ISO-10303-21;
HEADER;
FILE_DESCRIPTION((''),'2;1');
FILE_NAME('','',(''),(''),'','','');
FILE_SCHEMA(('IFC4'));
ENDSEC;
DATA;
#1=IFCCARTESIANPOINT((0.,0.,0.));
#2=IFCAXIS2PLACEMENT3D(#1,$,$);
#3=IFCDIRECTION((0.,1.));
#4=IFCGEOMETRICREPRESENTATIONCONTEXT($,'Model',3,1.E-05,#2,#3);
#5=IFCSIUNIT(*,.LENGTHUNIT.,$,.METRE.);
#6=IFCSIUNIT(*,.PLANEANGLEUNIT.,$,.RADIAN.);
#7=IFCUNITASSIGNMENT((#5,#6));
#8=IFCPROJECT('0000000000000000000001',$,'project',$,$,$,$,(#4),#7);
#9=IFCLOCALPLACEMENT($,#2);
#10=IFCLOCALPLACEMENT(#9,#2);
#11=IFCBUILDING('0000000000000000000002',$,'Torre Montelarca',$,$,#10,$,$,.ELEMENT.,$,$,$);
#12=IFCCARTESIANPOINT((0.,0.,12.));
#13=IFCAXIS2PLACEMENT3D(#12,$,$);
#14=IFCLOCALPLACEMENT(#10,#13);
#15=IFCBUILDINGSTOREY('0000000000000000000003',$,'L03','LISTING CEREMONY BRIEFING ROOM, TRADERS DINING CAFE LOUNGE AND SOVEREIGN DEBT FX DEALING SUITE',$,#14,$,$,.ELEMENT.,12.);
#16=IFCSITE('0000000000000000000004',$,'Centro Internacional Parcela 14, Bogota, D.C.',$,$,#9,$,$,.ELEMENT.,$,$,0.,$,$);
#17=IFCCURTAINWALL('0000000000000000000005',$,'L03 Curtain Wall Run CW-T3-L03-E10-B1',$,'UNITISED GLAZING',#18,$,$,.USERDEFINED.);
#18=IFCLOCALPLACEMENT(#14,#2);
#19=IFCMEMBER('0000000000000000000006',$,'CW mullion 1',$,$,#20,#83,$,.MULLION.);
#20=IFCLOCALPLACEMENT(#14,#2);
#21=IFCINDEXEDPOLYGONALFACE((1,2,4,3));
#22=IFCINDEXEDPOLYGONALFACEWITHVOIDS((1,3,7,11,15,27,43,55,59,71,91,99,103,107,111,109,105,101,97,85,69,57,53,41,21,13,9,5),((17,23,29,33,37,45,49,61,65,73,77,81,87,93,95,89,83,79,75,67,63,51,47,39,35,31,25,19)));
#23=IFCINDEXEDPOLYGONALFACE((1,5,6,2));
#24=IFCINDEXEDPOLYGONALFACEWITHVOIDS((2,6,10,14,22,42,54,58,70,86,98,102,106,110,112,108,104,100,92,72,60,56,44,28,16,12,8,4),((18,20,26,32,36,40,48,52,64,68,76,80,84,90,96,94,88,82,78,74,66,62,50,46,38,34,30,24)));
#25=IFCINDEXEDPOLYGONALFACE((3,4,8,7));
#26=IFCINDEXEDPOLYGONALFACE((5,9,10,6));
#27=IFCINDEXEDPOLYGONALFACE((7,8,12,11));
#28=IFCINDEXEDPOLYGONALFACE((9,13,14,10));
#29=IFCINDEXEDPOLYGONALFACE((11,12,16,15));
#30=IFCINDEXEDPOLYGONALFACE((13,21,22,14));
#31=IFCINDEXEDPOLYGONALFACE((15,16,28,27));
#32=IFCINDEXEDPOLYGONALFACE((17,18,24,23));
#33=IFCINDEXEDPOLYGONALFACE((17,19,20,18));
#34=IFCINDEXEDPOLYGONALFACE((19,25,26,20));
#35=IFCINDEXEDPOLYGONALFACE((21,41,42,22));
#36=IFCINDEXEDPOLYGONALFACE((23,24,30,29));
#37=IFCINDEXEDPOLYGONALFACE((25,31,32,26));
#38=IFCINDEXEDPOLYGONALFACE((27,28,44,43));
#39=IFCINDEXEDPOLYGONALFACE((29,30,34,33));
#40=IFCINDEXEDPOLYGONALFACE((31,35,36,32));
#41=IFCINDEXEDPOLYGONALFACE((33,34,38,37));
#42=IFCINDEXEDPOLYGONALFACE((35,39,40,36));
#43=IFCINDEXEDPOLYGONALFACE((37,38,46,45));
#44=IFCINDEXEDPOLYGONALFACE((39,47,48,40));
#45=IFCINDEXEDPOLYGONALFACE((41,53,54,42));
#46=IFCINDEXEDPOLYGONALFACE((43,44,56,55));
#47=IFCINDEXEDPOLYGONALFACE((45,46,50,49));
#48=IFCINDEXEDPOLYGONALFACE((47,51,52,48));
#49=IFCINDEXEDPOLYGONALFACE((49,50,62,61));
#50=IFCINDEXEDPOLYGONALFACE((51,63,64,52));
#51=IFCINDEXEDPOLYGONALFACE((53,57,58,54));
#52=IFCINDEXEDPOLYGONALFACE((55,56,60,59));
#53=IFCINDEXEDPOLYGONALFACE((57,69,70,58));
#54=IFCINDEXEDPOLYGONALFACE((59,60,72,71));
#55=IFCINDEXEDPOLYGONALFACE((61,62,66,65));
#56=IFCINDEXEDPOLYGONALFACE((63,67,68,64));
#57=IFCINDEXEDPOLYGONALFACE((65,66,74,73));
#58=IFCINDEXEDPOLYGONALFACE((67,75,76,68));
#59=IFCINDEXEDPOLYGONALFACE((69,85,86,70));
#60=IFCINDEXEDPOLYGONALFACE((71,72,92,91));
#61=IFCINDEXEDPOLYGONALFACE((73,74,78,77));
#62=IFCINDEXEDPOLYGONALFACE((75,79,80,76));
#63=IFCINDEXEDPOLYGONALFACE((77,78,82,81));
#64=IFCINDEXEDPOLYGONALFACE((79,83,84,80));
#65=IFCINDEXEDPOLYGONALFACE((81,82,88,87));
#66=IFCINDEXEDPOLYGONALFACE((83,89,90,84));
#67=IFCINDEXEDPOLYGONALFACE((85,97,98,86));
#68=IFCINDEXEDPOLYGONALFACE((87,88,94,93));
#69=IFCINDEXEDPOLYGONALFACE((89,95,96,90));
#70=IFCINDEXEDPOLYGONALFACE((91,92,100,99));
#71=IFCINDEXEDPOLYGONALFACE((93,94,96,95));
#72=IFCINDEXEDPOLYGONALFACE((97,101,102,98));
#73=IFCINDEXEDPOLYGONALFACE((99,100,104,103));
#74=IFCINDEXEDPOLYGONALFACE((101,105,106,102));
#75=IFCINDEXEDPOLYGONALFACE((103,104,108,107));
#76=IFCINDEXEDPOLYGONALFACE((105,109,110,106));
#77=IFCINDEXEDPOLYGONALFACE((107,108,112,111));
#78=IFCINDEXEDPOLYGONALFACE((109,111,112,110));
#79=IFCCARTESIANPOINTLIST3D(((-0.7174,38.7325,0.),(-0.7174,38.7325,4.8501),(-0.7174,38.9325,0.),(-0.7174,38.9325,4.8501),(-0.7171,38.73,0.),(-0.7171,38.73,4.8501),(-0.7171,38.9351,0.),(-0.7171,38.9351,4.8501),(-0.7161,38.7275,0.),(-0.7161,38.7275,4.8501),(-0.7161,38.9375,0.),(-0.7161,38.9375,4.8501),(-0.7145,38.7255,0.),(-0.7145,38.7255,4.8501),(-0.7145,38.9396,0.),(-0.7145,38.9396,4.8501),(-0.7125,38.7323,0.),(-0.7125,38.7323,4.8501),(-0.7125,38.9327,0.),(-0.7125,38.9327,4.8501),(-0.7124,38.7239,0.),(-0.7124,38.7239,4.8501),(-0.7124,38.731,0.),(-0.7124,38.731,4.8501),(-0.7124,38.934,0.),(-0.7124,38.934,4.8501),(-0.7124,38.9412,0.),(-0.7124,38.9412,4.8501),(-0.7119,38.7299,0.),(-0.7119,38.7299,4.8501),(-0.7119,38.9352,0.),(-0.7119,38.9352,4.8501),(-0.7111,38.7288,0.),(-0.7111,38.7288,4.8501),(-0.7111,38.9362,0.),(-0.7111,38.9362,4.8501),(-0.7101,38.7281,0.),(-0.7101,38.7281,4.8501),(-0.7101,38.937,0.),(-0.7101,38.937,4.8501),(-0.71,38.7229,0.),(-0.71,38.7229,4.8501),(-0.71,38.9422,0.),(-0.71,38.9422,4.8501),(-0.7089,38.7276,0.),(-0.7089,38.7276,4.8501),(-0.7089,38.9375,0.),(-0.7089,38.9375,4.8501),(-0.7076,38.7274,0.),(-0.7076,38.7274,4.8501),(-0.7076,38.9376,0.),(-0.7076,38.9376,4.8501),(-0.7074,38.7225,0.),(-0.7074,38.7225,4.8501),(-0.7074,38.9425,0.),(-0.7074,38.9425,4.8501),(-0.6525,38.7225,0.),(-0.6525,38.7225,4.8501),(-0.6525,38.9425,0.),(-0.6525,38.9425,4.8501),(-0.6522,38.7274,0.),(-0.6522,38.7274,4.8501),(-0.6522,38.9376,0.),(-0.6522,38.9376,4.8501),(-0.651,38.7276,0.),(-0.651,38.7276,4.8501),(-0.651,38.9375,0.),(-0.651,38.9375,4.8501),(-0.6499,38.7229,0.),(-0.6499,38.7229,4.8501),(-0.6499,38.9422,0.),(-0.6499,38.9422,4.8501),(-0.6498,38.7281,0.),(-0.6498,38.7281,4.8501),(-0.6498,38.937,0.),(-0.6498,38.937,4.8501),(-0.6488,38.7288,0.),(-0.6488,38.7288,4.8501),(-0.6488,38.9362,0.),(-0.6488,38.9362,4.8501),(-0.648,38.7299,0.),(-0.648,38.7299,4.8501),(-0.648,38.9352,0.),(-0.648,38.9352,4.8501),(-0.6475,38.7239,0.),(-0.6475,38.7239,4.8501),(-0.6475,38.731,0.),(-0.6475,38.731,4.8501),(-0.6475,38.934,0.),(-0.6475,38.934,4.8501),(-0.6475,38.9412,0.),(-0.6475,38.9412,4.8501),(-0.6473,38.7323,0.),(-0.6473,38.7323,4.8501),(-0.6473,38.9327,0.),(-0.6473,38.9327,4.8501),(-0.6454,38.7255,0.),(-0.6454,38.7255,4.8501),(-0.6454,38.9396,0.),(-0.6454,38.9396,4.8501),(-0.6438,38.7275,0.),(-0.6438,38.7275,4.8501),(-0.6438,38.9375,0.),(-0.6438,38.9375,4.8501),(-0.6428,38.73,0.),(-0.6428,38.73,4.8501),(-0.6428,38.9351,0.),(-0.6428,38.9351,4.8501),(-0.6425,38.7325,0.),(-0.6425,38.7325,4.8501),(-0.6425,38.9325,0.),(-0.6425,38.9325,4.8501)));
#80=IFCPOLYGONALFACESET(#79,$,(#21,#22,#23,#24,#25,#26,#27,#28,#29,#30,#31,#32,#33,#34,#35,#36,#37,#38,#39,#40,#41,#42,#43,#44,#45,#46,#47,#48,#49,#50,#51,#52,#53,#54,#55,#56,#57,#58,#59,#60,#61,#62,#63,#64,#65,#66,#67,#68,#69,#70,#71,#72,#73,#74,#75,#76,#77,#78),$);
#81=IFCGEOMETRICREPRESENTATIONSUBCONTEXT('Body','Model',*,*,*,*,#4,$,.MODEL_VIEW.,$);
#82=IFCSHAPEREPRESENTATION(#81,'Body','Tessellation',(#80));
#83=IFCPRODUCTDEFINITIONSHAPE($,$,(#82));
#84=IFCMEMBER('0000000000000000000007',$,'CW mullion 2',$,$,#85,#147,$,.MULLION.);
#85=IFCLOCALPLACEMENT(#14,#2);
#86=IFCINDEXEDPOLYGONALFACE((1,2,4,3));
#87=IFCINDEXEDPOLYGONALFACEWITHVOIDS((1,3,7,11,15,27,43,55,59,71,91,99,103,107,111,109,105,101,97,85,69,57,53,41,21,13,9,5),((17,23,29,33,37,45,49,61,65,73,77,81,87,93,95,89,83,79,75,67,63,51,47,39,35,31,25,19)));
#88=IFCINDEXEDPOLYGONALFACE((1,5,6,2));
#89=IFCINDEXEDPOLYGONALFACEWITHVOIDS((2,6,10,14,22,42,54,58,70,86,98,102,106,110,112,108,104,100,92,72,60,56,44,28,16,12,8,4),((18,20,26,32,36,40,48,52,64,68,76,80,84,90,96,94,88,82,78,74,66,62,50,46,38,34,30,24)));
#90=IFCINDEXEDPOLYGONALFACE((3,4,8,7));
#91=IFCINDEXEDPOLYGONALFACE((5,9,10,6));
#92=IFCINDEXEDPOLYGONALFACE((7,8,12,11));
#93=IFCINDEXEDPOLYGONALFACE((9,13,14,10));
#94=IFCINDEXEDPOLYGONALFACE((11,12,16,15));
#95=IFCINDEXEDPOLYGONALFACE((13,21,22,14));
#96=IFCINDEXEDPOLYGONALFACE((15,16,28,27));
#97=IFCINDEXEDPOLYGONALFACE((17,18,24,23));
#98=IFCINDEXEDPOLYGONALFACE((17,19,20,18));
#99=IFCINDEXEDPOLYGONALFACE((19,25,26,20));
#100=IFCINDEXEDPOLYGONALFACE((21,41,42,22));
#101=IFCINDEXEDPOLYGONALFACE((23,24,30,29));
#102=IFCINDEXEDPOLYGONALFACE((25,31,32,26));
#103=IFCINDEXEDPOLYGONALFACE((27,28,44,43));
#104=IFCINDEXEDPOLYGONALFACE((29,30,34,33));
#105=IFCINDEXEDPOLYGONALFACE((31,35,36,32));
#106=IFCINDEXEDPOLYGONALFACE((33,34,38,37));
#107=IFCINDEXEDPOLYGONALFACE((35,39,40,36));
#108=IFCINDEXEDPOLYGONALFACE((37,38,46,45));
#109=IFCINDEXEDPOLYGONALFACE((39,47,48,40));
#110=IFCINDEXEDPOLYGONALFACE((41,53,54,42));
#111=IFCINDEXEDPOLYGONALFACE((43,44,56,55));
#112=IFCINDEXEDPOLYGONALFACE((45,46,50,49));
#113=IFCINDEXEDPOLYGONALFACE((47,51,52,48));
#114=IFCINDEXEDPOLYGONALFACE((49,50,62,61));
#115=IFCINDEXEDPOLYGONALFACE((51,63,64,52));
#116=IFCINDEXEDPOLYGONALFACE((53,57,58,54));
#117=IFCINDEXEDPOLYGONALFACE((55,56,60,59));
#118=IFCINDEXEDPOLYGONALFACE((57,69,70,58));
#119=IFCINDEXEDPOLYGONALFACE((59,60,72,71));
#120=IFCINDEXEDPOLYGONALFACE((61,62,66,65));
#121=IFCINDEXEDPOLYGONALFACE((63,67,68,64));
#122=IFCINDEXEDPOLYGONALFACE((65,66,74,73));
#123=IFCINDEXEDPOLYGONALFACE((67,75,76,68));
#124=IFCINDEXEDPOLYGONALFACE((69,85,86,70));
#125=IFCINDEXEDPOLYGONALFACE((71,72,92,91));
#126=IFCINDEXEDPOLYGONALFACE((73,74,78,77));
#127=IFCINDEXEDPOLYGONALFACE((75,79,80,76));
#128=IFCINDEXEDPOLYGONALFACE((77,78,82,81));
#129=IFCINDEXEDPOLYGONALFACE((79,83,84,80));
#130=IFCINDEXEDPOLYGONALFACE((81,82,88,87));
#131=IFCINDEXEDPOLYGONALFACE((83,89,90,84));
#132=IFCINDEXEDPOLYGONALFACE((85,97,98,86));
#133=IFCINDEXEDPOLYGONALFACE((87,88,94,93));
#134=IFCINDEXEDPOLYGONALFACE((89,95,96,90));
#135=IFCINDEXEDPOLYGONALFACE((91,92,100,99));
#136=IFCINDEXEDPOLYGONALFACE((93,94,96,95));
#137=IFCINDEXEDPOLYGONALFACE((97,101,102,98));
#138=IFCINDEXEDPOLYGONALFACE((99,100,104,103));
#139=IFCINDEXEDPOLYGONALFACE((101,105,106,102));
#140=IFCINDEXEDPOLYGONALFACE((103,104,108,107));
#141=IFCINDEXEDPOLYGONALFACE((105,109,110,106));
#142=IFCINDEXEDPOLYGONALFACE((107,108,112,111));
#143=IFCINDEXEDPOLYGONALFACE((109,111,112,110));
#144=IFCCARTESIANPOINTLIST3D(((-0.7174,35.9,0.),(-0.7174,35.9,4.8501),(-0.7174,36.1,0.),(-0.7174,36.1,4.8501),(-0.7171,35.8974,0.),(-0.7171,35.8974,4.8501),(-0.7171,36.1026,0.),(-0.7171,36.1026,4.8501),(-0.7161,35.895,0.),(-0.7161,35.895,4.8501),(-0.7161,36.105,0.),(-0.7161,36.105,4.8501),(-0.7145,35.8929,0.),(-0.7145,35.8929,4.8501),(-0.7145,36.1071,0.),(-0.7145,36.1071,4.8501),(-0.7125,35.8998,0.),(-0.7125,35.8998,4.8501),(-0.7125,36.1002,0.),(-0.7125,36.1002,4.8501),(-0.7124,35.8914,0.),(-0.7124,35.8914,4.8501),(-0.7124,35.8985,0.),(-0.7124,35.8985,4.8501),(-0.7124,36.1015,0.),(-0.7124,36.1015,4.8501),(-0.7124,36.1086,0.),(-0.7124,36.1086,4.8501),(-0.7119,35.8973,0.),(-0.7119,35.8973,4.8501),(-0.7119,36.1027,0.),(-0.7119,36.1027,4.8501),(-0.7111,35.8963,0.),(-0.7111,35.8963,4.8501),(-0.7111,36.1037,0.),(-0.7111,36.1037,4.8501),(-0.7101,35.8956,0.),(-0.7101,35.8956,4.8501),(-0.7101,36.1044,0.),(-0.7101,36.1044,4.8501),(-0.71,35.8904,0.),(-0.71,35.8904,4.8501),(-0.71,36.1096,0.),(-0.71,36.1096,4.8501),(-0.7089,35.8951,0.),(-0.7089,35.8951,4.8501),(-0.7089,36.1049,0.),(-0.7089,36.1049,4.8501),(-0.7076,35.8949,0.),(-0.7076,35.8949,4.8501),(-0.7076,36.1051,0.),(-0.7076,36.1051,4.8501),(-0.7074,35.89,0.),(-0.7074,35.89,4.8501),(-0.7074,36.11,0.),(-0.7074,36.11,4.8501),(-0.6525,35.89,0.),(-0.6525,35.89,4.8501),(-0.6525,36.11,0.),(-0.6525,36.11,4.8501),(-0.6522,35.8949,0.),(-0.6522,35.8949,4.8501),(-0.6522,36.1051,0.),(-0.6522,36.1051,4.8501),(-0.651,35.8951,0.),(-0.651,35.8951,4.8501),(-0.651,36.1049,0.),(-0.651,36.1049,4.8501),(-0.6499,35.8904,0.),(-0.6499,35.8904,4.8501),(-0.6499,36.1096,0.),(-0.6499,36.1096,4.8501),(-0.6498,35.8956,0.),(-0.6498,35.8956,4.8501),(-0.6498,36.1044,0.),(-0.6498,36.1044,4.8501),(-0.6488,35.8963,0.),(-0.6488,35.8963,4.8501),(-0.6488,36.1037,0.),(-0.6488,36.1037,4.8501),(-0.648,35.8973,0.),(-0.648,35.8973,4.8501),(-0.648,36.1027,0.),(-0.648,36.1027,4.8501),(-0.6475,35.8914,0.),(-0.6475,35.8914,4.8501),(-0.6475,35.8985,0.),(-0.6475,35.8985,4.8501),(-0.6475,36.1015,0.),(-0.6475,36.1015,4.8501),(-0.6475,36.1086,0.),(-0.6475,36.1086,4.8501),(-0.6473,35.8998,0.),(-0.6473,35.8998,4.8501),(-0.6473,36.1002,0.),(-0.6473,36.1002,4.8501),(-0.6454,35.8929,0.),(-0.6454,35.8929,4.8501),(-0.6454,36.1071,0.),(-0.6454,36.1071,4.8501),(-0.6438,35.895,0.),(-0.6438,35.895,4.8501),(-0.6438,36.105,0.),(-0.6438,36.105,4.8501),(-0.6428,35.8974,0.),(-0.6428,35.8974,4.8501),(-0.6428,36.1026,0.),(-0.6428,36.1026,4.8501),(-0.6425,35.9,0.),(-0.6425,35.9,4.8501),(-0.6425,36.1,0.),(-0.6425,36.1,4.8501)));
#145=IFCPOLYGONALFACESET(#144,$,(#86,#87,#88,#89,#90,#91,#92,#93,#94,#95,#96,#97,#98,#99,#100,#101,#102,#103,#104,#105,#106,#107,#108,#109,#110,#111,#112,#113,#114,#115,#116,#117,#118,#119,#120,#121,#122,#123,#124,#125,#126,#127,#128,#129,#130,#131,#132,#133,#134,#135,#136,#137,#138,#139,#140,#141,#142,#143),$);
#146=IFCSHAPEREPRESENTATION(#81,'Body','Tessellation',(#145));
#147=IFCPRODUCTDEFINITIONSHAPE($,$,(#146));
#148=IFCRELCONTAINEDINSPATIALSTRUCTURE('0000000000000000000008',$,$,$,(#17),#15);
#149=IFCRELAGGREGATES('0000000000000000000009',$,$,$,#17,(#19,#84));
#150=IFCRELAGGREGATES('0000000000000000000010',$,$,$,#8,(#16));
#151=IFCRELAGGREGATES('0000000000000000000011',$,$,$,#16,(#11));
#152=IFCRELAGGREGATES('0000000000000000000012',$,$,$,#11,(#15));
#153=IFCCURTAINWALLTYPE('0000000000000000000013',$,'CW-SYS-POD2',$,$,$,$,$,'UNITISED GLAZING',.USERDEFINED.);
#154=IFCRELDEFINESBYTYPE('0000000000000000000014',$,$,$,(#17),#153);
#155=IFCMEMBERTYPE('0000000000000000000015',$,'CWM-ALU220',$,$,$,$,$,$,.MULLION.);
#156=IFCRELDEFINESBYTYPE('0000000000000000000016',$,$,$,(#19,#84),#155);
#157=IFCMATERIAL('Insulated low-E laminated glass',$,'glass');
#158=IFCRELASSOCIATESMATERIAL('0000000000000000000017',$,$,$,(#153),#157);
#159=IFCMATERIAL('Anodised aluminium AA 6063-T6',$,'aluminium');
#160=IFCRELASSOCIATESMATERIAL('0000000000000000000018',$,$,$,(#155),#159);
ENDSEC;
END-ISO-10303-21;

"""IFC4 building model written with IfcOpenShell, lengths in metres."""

from ifc_helpers import new_model, si_unit, direction, frame, origin, origin_2d, place, context, subcontext, project, spatial, hollow_rectangle, extrude, source, transform, mapped, material, material_profile, profile_set, type_object, element, aggregate, save


model = new_model("IFC4")

# Units and contexts
model_context = context("Model", 3, precision=1e-05, world=origin(), true_north=direction((0.0, 1.0)))
body_context = subcontext(model_context, "Body", "Model", "MODEL_VIEW")
ifc_project = project(units=[si_unit("LENGTHUNIT", "METRE"), si_unit("PLANEANGLEUNIT", "RADIAN")], contexts=[model_context])

# Site, building, storey
site_placement = place(None, origin())
site = spatial("IfcSite", under=ifc_project, at=site_placement, Name="Centro Internacional Parcela 14, Bogota, D.C.", CompositionType="ELEMENT", RefElevation=0.0)
building_placement = place(site_placement, origin())
building = spatial("IfcBuilding", under=site, at=building_placement, Name="Torre Montelarca", CompositionType="ELEMENT")
storey_placement = place(building_placement, frame((0.0, 0.0, 12.0)))
storey = spatial("IfcBuildingStorey", under=building, at=storey_placement, Name="L03", Description="LISTING CEREMONY BRIEFING ROOM, TRADERS DINING CAFE LOUNGE AND SOVEREIGN DEBT FX DEALING SUITE", CompositionType="ELEMENT", Elevation=12.0)

# Curtain wall
ifc_material_1 = material(Name="Insulated low-E laminated glass", Category="glass")
curtain_wall_type = type_object("IfcCurtainWallType", Name="CW-SYS-POD2", ElementType="UNITISED GLAZING", PredefinedType="USERDEFINED", material=ifc_material_1)
curtain_wall_1_placement = place(storey_placement, origin())
curtain_wall_1 = element("IfcCurtainWall", 1, at=curtain_wall_1_placement, inside=storey, type_object=curtain_wall_type, Name="L03 Curtain Wall Run CW-T3-L03-E10-B1", ObjectType="UNITISED GLAZING", PredefinedType="USERDEFINED")
ifc_material_2 = material(Name="Anodised aluminium AA 6063-T6", Category="aluminium")

# Members
ifc_material_profile_1 = material_profile(ifc_material_2, hollow_rectangle(XDim=0.075, YDim=0.22, WallThickness=0.0049, InnerFilletRadius=0.0049, OuterFilletRadius=0.01, at=origin_2d()), Name="ALU75X220X5", Category="aluminium")
ifc_profile_set_1 = profile_set([ifc_material_profile_1], Name="Anodised aluminium AA 6063-T6")
member_type_1 = type_object("IfcMemberType", Name="CWM-ALU220", PredefinedType="MULLION", material=ifc_profile_set_1)
shared_shape_1 = source(origin(), body_context, "Body", "SweptSolid", [
    extrude(hollow_rectangle(XDim=0.075, YDim=0.22, WallThickness=0.0049, InnerFilletRadius=0.0049, OuterFilletRadius=0.01, at=origin_2d()), origin(), (0.0, 0.0, 1.0), 4.8501),
])
member_1_placement = place(storey_placement, frame((-0.6799, 38.8325, 0.0), z_axis=(0.0, 0.0, 1.0), x_axis=(1.0, 0.0, 0.0)))
member_1 = element("IfcMember", 2, at=member_1_placement, type_object=member_type_1, Name="CW mullion 1", PredefinedType="MULLION", context=body_context, shape_type="MappedRepresentation", body=[
    mapped(shared_shape_1, transform((0.0, 0.0, 0.0), scale=1.0)),
])
member_2_placement = place(storey_placement, frame((-0.6799, 36.0, 0.0), z_axis=(0.0, 0.0, 1.0), x_axis=(1.0, 0.0, 0.0)))
member_2 = element("IfcMember", 3, at=member_2_placement, type_object=member_type_1, Name="CW mullion 2", PredefinedType="MULLION", context=body_context, shape_type="MappedRepresentation", body=[
    mapped(shared_shape_1, transform((0.0, 0.0, 0.0), scale=1.0)),
])

aggregate(curtain_wall_1, [member_1, member_2])

save(model, "model.ifc")
